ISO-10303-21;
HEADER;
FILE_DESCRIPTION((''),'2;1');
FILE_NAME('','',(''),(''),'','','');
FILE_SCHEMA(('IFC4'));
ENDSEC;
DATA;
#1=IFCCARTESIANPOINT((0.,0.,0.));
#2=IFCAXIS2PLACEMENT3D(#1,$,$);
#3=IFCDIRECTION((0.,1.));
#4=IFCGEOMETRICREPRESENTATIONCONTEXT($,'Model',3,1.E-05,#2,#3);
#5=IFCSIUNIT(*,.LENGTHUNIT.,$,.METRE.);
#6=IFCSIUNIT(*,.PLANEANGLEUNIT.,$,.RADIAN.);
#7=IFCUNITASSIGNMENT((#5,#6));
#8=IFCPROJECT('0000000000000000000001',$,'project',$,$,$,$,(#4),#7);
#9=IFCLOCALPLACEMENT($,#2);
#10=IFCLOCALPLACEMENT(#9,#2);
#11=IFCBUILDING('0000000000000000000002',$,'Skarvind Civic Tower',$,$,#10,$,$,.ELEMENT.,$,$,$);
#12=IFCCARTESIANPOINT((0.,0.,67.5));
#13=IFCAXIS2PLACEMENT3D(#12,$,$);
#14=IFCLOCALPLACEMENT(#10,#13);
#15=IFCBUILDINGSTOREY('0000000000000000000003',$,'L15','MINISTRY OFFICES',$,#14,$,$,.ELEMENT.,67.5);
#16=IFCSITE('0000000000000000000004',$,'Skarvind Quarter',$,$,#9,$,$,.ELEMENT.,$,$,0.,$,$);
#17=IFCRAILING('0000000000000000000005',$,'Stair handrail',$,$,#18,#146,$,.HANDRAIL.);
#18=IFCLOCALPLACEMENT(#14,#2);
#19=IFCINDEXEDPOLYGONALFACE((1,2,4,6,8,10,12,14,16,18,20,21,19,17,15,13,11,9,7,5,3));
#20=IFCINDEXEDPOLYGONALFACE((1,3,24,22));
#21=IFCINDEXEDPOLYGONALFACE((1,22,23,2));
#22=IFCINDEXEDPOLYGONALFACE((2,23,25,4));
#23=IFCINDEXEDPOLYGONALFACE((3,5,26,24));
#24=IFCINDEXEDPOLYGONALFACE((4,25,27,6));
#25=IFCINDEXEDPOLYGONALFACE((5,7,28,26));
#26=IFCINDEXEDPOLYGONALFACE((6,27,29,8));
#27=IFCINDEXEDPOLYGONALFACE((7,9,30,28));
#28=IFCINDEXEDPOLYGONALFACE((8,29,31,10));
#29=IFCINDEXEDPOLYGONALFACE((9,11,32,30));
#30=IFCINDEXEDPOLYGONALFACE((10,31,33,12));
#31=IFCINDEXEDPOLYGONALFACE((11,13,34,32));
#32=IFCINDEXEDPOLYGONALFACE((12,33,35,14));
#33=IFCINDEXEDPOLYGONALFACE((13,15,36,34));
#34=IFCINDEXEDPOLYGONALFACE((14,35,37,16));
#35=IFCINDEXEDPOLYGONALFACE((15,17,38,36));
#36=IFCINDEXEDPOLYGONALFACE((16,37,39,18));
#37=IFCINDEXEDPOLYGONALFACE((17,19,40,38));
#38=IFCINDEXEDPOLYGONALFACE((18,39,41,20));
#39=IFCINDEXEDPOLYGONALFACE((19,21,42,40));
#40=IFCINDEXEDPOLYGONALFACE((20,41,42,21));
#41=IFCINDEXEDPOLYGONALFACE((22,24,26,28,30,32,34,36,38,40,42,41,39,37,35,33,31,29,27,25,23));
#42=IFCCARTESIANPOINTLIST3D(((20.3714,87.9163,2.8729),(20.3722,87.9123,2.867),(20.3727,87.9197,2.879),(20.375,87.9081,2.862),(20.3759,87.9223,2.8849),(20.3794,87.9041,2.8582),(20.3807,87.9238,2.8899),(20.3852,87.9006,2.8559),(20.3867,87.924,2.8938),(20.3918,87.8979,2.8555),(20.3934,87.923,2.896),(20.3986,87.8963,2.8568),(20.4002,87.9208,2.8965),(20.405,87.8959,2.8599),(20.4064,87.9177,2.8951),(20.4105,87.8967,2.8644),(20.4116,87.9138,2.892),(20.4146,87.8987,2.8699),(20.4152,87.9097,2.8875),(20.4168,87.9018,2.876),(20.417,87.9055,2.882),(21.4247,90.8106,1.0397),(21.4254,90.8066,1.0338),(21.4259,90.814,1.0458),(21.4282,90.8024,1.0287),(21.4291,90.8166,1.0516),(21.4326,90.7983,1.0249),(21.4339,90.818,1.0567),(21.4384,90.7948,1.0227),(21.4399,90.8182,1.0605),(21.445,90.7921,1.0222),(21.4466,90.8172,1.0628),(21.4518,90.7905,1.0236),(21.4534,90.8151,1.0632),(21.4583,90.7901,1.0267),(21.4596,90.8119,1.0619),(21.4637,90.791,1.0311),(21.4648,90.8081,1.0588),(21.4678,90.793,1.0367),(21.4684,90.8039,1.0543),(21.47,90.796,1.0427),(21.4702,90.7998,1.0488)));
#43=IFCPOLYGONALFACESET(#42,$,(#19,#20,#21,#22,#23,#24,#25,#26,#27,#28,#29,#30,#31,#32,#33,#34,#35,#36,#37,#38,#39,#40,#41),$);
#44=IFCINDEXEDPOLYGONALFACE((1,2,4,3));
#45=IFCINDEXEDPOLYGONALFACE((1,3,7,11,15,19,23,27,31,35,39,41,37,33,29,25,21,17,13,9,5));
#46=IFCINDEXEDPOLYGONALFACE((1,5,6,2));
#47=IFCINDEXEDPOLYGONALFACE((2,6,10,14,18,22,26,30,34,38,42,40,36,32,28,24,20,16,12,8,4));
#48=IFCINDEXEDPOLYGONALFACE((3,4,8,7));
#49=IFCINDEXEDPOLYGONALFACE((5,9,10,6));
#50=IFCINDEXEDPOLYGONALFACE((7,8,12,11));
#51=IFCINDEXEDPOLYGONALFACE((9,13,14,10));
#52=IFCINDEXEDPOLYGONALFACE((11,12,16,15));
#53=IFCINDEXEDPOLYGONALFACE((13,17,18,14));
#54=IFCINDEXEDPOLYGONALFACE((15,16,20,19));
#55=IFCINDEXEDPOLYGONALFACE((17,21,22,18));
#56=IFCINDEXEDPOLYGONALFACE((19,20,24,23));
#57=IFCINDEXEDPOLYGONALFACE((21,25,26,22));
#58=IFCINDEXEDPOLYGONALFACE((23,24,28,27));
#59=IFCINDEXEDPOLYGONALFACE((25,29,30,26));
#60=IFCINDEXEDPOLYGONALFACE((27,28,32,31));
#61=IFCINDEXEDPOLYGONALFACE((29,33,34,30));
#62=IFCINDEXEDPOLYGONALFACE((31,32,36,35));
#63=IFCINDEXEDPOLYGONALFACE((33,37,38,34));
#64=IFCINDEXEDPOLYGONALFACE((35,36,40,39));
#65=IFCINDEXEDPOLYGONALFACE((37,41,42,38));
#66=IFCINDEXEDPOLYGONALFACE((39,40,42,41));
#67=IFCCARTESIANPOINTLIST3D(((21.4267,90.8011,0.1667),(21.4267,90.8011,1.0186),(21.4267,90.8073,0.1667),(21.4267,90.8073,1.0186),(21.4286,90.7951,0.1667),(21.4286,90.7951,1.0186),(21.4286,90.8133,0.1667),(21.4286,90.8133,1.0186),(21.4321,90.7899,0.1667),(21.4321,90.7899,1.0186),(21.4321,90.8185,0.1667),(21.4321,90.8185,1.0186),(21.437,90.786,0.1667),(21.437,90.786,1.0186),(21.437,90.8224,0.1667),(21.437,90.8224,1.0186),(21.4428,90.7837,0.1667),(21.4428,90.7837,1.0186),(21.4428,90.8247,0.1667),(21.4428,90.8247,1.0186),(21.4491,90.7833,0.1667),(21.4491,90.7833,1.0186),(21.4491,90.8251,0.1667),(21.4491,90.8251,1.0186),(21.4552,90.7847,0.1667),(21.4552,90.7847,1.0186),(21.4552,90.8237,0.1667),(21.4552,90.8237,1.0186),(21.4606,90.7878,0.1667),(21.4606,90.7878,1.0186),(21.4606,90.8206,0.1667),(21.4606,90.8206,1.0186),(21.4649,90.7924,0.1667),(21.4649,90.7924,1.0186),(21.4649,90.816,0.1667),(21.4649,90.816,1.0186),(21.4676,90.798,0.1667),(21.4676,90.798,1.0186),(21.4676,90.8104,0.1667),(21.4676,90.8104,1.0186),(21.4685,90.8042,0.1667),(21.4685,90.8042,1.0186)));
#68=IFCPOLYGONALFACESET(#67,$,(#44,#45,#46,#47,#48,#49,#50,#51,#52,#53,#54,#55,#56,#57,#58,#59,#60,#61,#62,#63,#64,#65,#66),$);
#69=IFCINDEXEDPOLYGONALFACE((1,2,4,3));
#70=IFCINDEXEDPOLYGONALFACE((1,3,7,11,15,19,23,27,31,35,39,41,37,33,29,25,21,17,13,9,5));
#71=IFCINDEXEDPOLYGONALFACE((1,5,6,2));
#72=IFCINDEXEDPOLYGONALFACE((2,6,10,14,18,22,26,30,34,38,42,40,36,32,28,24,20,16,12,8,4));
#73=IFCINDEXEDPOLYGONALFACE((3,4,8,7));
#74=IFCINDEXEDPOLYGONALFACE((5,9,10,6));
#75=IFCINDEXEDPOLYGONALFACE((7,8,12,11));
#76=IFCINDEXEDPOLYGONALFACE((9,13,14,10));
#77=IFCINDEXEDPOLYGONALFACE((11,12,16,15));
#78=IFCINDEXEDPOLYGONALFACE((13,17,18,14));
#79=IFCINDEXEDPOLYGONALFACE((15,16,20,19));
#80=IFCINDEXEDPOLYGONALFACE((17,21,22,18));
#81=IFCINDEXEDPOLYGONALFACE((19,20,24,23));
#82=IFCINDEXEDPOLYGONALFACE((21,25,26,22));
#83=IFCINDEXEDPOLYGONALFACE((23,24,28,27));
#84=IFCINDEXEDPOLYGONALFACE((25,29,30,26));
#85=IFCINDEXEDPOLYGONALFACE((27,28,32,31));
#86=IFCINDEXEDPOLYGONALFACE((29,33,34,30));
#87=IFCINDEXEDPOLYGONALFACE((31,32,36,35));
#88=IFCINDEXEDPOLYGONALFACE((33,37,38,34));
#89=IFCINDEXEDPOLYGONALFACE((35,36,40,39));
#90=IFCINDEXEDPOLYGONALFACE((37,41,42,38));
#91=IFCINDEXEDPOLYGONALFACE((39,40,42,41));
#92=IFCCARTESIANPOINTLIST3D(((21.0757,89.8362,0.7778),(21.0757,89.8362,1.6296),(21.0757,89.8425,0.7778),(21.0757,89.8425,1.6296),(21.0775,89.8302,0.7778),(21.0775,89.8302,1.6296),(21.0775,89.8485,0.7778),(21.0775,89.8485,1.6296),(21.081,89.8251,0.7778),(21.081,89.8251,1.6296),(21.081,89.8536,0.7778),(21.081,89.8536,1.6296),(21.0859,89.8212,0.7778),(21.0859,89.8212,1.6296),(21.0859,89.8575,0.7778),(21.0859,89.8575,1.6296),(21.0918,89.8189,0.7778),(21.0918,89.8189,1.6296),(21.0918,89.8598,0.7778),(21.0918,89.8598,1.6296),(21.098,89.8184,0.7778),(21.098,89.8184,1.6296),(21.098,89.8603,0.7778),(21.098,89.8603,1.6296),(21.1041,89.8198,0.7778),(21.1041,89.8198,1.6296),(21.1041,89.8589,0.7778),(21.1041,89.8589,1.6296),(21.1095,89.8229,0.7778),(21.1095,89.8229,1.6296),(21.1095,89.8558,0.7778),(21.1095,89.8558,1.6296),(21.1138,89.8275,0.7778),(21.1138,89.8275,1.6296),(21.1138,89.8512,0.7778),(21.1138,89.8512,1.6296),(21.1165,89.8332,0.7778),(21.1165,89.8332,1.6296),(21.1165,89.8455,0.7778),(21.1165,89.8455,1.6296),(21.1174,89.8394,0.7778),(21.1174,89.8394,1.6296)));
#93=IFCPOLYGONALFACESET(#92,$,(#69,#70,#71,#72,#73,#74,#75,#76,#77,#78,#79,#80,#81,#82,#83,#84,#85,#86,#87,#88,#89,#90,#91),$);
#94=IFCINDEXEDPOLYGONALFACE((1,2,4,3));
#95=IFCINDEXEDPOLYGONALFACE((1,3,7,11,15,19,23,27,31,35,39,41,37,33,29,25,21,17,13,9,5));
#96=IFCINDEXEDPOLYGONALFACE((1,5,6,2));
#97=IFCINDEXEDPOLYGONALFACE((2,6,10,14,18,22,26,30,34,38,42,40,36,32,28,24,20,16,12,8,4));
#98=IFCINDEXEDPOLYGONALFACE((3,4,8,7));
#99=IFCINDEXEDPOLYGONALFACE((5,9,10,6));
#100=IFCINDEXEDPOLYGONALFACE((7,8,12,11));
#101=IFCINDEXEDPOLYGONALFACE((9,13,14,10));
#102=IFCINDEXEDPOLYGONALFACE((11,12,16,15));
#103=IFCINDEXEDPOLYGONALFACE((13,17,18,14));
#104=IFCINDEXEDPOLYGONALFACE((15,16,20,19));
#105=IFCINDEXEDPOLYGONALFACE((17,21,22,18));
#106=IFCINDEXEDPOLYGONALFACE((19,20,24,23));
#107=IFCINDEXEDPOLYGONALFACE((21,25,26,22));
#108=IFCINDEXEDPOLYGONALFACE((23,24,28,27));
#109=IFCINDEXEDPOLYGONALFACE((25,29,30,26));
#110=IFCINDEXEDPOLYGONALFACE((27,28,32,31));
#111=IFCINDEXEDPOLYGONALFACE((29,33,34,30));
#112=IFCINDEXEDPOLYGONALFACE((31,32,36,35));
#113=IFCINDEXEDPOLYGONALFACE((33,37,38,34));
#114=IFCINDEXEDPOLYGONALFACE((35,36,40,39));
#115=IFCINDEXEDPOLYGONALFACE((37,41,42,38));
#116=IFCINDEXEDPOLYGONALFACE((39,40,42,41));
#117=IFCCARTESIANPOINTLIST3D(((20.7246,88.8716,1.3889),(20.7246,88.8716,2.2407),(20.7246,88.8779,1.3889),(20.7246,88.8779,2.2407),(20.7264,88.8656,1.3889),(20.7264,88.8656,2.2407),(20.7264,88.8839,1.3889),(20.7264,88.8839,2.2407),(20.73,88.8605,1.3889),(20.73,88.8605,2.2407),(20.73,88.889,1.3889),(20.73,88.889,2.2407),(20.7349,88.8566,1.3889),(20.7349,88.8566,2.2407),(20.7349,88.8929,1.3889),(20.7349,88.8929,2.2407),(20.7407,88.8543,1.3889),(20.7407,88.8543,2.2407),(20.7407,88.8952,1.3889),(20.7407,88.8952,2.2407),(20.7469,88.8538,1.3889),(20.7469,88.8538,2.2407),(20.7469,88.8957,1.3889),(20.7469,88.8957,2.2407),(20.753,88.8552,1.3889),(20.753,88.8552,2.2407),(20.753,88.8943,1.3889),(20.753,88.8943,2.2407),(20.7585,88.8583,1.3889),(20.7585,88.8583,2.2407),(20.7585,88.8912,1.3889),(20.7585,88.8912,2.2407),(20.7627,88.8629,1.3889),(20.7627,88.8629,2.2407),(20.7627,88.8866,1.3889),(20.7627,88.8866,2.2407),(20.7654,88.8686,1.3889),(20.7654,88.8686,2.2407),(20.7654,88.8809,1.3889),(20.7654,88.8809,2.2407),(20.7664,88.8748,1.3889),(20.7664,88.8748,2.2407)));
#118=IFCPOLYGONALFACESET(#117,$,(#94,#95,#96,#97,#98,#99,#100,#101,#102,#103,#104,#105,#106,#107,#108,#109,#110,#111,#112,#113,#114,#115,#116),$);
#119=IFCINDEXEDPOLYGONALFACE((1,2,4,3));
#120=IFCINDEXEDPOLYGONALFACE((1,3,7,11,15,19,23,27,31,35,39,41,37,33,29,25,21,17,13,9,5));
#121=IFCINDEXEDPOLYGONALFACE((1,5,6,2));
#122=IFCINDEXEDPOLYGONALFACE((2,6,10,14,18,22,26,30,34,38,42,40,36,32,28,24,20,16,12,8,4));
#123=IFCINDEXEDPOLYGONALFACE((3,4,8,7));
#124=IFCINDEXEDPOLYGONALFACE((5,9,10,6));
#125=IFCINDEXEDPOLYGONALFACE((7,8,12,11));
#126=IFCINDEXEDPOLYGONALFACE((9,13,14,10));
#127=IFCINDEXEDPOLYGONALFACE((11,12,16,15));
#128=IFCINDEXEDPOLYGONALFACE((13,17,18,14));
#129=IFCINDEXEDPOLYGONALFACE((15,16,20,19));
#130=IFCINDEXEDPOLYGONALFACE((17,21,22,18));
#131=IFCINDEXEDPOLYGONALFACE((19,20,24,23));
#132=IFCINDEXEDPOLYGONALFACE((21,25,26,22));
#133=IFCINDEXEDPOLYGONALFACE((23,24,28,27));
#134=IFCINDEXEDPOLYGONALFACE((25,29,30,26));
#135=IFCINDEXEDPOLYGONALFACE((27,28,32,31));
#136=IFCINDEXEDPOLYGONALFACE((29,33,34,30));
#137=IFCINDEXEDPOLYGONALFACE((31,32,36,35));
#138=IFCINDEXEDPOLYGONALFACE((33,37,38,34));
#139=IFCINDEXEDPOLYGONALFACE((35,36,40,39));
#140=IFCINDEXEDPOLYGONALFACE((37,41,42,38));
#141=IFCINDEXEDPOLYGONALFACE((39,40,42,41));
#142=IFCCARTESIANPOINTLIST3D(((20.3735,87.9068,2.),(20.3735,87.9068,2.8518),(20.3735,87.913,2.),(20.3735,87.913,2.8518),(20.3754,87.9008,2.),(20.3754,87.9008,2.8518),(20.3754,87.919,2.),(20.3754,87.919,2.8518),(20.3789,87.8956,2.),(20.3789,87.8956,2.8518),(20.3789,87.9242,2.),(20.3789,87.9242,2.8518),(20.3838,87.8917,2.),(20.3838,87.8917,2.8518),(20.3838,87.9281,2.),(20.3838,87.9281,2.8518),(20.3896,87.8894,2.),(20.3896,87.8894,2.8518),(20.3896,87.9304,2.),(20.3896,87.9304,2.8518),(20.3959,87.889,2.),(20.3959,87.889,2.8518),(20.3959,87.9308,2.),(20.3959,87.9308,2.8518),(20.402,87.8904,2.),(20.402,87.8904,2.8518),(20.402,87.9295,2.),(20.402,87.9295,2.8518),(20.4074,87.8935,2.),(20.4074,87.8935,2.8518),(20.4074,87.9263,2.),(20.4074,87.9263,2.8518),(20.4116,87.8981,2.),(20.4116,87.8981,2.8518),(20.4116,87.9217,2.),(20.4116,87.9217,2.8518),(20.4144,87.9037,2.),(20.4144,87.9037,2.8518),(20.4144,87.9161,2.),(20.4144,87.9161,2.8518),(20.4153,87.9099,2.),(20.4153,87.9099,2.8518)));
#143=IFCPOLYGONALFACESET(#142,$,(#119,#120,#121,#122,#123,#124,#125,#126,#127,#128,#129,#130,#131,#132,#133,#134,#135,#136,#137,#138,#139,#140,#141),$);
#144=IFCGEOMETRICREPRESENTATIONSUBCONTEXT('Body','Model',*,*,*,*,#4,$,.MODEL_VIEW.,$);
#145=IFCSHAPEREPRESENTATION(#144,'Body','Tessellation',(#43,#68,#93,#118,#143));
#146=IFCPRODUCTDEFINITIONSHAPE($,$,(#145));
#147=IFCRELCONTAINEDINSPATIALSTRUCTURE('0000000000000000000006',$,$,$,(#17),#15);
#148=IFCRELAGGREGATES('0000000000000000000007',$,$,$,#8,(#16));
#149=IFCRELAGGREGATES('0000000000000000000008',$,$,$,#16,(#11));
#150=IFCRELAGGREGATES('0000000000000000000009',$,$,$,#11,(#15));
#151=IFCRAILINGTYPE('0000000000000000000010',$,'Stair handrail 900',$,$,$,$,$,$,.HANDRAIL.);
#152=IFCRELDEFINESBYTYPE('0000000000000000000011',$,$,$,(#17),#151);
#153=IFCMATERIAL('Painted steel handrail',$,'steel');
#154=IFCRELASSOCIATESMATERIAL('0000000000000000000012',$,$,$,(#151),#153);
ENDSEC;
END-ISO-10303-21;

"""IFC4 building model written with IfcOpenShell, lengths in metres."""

from ifc_helpers import new_model, si_unit, direction, frame, origin, origin_2d, place, context, subcontext, project, spatial, circle, extrude, material, type_object, element, save


model = new_model("IFC4")

# Units and contexts
model_context = context("Model", 3, precision=1e-05, world=origin(), true_north=direction((0.0, 1.0)))
body_context = subcontext(model_context, "Body", "Model", "MODEL_VIEW")
ifc_project = project(units=[si_unit("LENGTHUNIT", "METRE"), si_unit("PLANEANGLEUNIT", "RADIAN")], contexts=[model_context])

# Site, building, storey
site_placement = place(None, origin())
site = spatial("IfcSite", under=ifc_project, at=site_placement, Name="Skarvind Quarter", CompositionType="ELEMENT", RefElevation=0.0)
building_placement = place(site_placement, origin())
building = spatial("IfcBuilding", under=site, at=building_placement, Name="Skarvind Civic Tower", CompositionType="ELEMENT")
storey_placement = place(building_placement, frame((0.0, 0.0, 67.5)))
storey = spatial("IfcBuildingStorey", under=building, at=storey_placement, Name="L15", Description="MINISTRY OFFICES", CompositionType="ELEMENT", Elevation=67.5)

# Railing
ifc_material_1 = material(Name="Painted steel handrail", Category="steel")
railing_type = type_object("IfcRailingType", Name="Stair handrail 900", PredefinedType="HANDRAIL", material=ifc_material_1)
railing_1_placement = place(storey_placement, frame((21.4475, 90.8042, 0.1667)))
element("IfcRailing", 1, at=railing_1_placement, inside=storey, type_object=railing_type, Name="Stair handrail", PredefinedType="HANDRAIL", context=body_context, shape_type="SweptSolid", body=[
    extrude(circle(Radius=0.0239, at=origin_2d()), frame((0.0, 0.0, 0.876), z_axis=(-0.293846, -0.807497, 0.511472), x_axis=(0.939715, -0.341959, 0.0)), (0.0, 0.0, 1.0), 3.5842),
    extrude(circle(Radius=0.021, at=origin_2d()), origin(), (0.0, 0.0, 1.0), 0.8518),
    extrude(circle(Radius=0.021, at=origin_2d()), frame((-0.3511, -0.9648, 0.6111)), (0.0, 0.0, 1.0), 0.8518),
    extrude(circle(Radius=0.021, at=origin_2d()), frame((-0.7021, -1.9294, 1.2222)), (0.0, 0.0, 1.0), 0.8518),
    extrude(circle(Radius=0.021, at=origin_2d()), frame((-1.0532, -2.8943, 1.8333)), (0.0, 0.0, 1.0), 0.8518),
])

save(model, "model.ifc")
